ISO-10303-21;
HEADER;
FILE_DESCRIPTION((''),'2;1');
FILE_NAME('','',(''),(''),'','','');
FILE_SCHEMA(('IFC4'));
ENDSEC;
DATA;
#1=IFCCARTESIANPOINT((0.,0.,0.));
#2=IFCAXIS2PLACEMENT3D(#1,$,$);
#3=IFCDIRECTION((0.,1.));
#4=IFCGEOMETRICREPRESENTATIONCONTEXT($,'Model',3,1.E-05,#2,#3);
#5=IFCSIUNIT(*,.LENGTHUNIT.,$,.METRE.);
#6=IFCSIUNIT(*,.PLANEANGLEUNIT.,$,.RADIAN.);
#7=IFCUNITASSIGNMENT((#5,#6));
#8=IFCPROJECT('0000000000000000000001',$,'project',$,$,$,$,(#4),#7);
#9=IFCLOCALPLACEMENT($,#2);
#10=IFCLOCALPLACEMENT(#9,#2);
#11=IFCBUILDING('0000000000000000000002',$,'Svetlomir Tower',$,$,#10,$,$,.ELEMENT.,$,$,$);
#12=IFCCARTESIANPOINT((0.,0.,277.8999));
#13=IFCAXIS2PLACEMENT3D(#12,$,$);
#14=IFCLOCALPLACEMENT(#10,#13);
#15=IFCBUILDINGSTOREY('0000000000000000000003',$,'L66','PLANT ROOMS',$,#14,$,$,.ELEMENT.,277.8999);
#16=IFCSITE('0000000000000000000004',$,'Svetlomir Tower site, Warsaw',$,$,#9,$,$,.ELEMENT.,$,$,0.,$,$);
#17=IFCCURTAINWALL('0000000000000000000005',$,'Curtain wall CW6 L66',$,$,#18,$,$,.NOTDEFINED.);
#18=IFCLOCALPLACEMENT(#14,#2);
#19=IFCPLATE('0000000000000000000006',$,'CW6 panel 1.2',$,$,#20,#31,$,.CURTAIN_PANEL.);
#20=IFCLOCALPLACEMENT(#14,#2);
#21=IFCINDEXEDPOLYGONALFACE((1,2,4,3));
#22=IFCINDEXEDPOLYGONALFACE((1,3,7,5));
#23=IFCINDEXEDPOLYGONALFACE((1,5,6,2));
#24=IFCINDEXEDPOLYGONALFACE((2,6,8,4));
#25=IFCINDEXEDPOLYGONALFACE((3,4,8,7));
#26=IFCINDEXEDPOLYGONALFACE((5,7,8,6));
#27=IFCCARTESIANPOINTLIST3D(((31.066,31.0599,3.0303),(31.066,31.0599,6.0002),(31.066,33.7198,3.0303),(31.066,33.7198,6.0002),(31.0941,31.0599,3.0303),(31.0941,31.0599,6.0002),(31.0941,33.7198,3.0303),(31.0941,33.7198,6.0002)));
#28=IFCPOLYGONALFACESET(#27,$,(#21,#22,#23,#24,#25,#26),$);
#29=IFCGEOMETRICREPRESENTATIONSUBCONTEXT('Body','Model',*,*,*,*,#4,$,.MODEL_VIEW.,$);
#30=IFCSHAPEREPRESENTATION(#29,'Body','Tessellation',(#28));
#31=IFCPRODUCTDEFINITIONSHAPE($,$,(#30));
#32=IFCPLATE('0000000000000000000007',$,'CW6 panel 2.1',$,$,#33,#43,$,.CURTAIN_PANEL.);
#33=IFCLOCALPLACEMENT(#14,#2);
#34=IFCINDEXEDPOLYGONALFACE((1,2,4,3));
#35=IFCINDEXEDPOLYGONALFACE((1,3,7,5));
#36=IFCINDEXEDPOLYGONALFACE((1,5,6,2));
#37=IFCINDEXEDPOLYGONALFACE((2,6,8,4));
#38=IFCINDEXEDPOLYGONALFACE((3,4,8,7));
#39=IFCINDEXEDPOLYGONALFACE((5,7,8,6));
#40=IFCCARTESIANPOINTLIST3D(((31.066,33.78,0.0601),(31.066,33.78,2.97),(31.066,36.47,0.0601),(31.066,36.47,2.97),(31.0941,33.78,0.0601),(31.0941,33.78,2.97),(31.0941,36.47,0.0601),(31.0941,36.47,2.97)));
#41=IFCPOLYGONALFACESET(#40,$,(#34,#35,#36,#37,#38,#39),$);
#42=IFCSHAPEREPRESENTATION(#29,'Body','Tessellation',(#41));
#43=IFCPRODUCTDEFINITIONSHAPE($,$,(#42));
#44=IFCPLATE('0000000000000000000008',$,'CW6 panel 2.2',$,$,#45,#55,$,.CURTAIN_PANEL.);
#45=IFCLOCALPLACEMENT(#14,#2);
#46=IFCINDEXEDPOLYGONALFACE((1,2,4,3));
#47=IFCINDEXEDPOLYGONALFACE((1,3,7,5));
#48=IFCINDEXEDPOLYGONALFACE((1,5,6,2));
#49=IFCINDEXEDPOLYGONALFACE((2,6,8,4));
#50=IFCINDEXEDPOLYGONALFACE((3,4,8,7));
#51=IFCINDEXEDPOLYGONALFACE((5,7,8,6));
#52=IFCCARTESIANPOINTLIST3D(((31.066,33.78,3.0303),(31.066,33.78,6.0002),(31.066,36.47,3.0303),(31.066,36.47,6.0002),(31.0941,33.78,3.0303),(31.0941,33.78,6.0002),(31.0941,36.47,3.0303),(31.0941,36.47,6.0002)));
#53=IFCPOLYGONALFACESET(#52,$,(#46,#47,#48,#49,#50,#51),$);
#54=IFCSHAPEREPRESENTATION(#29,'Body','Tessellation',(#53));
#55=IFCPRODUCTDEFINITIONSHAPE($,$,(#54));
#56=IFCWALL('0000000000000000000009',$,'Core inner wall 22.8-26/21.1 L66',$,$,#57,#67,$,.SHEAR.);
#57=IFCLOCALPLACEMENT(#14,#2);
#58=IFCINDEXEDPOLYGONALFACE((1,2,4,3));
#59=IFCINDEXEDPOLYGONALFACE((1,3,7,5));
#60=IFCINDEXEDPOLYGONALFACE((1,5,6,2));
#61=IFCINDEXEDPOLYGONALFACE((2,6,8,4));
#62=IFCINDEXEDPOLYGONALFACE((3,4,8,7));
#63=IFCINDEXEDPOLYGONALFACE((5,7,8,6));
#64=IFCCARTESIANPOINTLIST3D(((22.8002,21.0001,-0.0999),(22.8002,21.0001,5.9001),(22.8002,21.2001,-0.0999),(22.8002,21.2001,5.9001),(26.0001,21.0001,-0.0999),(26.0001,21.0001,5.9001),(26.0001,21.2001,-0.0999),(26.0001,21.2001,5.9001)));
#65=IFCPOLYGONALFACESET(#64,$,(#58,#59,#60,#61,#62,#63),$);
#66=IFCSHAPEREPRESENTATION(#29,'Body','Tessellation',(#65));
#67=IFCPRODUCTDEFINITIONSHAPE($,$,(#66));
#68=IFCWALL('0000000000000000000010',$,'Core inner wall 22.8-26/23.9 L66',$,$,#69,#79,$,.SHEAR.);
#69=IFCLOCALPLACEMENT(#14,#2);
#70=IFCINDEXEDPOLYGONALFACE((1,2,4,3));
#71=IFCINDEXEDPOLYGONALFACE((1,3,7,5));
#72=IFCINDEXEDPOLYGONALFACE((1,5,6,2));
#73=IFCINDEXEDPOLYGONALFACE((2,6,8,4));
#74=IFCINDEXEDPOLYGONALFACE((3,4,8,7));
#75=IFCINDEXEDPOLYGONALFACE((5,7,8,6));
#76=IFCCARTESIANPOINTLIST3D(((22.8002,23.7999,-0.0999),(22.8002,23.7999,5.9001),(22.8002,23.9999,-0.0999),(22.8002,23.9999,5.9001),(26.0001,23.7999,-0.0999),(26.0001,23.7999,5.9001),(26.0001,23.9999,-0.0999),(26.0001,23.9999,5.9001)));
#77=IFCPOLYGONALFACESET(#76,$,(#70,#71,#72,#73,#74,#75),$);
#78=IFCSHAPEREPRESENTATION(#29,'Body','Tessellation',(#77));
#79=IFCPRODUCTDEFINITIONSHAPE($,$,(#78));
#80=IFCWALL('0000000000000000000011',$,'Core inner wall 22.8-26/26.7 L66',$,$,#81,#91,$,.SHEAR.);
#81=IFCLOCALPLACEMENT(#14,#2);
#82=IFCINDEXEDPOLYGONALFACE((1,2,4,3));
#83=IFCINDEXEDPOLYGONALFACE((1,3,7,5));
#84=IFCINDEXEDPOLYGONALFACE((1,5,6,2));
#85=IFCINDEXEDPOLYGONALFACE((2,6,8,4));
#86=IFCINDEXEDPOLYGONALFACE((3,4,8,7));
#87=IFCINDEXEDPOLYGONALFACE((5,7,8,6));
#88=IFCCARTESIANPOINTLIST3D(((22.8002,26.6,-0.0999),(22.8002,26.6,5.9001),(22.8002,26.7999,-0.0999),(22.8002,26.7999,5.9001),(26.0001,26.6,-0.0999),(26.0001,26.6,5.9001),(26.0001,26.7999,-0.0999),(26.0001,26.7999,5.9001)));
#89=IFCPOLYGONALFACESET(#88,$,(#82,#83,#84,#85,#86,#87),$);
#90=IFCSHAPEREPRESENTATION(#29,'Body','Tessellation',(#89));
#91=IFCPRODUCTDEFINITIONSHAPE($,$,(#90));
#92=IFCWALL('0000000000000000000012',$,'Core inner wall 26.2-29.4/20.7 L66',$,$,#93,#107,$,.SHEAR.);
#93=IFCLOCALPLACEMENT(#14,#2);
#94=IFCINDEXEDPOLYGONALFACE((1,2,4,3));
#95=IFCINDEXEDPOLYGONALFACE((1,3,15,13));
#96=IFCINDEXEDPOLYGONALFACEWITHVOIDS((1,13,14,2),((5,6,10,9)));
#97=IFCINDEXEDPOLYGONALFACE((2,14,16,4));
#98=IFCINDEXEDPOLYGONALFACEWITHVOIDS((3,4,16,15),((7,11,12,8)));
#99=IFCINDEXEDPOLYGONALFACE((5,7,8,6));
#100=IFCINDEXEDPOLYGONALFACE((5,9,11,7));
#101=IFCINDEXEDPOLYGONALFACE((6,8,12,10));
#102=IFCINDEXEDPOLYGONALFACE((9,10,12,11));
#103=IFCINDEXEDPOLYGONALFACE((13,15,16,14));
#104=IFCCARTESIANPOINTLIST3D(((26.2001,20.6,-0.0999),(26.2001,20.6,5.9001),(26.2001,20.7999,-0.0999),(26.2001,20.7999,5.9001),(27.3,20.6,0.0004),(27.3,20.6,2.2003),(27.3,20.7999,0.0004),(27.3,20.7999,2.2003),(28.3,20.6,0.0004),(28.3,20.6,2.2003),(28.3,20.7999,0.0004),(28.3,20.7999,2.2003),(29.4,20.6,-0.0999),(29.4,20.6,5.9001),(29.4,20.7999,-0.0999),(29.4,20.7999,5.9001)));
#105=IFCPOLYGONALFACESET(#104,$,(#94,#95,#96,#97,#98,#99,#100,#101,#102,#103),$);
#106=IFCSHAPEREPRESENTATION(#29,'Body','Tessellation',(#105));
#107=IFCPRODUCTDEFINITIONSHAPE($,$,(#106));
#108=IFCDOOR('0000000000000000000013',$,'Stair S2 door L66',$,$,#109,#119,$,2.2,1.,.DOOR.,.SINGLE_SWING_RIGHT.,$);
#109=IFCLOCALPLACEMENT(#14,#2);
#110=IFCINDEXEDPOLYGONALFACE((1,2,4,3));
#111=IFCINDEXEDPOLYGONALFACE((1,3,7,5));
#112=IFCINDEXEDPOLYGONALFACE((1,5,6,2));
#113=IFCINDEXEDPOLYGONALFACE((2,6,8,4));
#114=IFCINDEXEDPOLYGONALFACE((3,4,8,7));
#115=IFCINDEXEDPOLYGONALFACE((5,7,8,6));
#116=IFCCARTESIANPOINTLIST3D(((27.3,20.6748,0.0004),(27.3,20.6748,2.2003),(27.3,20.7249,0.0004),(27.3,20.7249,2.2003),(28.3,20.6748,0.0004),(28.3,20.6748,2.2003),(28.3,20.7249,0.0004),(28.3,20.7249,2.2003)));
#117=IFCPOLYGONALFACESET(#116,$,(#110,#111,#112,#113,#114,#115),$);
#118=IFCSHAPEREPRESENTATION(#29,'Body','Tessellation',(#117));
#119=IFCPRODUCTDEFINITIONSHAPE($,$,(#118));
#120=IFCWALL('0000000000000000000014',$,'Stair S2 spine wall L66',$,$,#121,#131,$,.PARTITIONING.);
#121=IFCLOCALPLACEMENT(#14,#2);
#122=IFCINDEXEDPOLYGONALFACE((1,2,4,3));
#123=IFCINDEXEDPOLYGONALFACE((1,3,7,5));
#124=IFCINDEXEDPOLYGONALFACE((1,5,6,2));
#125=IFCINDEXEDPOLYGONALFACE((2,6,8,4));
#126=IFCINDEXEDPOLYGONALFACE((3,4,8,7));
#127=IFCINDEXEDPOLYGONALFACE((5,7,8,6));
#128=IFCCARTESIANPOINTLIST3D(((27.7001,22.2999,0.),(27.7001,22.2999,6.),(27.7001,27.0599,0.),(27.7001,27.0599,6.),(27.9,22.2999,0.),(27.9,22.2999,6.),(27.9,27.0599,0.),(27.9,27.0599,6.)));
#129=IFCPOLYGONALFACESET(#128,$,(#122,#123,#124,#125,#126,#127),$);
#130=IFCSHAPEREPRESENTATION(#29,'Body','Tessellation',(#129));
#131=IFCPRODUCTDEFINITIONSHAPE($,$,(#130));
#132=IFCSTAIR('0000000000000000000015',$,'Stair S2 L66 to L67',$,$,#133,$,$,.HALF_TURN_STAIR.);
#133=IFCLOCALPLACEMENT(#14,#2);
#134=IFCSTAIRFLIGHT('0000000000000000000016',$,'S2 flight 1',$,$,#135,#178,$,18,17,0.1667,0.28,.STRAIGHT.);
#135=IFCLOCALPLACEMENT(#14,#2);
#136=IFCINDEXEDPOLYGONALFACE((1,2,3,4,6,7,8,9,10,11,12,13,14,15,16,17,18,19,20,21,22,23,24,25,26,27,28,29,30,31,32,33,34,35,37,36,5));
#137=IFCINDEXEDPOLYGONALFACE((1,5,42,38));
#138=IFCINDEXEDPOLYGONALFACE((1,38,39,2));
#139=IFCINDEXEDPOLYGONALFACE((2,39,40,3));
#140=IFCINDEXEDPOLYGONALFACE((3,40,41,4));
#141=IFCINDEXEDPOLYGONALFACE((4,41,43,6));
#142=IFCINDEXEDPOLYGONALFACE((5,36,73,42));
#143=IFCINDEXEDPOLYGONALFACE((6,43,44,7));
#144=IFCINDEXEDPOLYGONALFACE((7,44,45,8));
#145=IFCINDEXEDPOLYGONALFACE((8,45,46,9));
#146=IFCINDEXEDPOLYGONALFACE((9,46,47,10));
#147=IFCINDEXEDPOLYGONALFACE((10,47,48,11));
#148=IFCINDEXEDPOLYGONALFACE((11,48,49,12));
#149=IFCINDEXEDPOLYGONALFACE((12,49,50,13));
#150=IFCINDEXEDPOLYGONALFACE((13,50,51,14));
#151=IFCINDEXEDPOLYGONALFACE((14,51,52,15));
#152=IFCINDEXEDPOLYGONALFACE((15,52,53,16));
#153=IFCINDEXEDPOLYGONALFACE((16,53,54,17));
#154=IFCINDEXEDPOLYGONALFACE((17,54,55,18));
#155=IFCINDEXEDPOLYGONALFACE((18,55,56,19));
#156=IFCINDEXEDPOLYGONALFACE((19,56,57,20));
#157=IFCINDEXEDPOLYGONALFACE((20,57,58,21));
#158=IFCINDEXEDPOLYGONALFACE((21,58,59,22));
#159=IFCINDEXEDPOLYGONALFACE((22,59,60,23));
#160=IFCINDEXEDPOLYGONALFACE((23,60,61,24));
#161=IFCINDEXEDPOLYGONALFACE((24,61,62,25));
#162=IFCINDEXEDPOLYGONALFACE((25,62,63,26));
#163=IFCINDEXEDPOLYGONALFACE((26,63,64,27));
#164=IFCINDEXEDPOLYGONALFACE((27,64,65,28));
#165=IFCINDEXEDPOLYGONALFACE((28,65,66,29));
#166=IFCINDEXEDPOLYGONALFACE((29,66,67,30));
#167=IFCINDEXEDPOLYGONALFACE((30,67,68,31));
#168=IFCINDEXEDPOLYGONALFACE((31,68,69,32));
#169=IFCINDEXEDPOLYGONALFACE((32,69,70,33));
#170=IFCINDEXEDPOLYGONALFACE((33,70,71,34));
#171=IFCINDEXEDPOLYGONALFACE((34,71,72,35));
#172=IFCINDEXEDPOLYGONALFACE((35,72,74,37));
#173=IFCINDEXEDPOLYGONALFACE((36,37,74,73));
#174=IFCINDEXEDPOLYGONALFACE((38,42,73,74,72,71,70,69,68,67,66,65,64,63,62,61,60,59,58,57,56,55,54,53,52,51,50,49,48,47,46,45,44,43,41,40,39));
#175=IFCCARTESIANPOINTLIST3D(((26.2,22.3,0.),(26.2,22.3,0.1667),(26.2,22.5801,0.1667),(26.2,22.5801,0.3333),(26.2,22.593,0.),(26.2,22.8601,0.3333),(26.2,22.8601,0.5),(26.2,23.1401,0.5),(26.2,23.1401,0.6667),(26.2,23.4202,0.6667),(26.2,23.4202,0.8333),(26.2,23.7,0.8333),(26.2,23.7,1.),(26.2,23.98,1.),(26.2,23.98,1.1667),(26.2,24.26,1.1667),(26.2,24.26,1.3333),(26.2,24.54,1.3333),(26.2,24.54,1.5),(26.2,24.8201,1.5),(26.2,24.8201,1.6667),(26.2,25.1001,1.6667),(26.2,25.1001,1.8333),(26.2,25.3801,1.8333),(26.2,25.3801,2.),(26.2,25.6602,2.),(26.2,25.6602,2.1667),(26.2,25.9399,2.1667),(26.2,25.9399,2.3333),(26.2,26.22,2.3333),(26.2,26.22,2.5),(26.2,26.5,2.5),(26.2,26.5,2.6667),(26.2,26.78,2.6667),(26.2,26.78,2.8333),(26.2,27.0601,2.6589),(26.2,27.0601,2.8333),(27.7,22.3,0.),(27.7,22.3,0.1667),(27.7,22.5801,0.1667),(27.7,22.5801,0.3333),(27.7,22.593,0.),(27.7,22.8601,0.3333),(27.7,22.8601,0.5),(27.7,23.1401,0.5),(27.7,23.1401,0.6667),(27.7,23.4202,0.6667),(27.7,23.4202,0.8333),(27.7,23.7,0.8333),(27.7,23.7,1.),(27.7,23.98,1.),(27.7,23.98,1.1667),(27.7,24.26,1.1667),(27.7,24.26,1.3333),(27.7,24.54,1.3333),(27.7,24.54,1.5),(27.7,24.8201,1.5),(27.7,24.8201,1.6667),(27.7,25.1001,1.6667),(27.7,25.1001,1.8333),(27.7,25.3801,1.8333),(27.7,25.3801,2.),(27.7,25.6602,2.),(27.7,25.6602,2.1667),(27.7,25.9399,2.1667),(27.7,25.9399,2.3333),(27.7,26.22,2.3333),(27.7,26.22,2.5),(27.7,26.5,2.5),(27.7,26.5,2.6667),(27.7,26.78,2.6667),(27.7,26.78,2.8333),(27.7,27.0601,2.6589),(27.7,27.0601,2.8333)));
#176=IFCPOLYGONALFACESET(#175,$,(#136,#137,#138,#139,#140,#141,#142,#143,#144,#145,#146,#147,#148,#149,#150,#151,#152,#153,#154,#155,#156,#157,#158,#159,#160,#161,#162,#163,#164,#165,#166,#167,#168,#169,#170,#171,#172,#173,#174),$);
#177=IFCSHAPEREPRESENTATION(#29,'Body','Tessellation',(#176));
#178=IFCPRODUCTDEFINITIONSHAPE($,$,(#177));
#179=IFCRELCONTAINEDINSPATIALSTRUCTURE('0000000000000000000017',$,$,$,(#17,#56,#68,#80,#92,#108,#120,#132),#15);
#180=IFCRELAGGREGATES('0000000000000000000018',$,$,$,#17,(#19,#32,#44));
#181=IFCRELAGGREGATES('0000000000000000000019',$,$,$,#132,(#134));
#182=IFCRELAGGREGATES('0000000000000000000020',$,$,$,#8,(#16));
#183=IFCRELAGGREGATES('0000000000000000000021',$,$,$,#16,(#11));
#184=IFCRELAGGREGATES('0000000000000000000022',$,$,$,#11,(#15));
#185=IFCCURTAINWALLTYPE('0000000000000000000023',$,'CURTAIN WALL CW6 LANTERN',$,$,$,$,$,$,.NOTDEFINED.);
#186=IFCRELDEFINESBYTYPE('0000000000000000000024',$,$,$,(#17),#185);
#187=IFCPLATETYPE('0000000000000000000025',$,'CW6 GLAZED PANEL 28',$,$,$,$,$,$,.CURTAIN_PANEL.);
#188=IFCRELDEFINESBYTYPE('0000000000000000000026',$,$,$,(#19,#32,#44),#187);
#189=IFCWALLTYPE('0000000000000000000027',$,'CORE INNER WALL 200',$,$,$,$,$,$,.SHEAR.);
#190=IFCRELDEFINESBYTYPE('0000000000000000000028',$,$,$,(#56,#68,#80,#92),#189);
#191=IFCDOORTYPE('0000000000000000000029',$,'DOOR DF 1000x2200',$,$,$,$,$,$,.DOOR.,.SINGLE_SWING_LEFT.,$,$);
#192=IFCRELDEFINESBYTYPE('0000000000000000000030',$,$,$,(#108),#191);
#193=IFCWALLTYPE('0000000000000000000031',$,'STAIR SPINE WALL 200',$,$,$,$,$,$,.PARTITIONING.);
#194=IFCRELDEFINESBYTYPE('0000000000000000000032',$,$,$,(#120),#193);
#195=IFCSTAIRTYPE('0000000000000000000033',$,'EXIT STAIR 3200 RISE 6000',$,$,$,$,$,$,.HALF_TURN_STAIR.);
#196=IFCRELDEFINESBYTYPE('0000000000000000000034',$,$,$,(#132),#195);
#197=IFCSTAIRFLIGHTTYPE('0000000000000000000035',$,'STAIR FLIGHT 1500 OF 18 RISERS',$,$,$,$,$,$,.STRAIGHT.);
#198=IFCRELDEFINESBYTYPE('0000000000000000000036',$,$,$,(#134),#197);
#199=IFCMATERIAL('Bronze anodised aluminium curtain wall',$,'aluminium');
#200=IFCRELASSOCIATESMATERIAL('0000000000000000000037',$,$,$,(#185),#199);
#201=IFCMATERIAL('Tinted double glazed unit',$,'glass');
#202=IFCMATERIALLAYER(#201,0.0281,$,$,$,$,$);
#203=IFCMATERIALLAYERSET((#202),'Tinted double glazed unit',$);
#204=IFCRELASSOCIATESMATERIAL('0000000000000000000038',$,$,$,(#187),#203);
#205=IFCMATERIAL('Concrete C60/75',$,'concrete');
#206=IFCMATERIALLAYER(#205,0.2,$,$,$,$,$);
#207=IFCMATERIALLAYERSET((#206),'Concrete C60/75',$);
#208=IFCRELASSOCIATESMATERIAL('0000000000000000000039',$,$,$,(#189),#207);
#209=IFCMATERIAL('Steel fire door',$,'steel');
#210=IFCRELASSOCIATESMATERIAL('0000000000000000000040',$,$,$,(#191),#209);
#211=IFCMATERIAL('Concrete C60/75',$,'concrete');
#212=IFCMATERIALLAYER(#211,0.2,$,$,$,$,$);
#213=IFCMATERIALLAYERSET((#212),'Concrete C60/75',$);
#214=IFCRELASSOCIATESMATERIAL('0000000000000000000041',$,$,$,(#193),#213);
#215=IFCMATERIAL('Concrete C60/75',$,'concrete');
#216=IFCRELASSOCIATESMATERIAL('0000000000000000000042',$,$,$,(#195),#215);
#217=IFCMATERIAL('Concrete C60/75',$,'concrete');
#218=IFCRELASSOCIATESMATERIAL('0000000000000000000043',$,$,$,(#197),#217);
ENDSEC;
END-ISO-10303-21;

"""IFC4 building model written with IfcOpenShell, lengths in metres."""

from ifc_helpers import new_model, si_unit, direction, frame, frame_2d, origin, origin_2d, place, context, subcontext, project, spatial, polyline, rectangle, outline, extrude, material, layer, layer_set, type_object, element, fill, aggregate, save


model = new_model("IFC4")

# Units and contexts
model_context = context("Model", 3, precision=1e-05, world=origin(), true_north=direction((0.0, 1.0)))
body_context = subcontext(model_context, "Body", "Model", "MODEL_VIEW")
ifc_project = project(units=[si_unit("LENGTHUNIT", "METRE"), si_unit("PLANEANGLEUNIT", "RADIAN")], contexts=[model_context])

# Site, building, storey
site_placement = place(None, origin())
site = spatial("IfcSite", under=ifc_project, at=site_placement, Name="Svetlomir Tower site, Warsaw", CompositionType="ELEMENT", RefElevation=0.0)
building_placement = place(site_placement, origin())
building = spatial("IfcBuilding", under=site, at=building_placement, Name="Svetlomir Tower", CompositionType="ELEMENT")
storey_placement = place(building_placement, frame((0.0, 0.0, 277.8999)))
storey = spatial("IfcBuildingStorey", under=building, at=storey_placement, Name="L66", Description="PLANT ROOMS", CompositionType="ELEMENT", Elevation=277.8999)

# Shared definitions
ifc_material_1 = material(Name="Bronze anodised aluminium curtain wall", Category="aluminium")
curtain_wall_type = type_object("IfcCurtainWallType", Name="CURTAIN WALL CW6 LANTERN", PredefinedType="NOTDEFINED", material=ifc_material_1)

# Curtain wall
curtain_wall_1_placement = place(storey_placement, origin())
curtain_wall_1 = element("IfcCurtainWall", 1, at=curtain_wall_1_placement, inside=storey, type_object=curtain_wall_type, Name="Curtain wall CW6 L66", PredefinedType="NOTDEFINED")

# Plates
ifc_material_2 = material(Name="Tinted double glazed unit", Category="glass")
ifc_layer_1 = layer(ifc_material_2, 0.0281)
ifc_layer_set_1 = layer_set([ifc_layer_1], Name="Tinted double glazed unit")
plate_type = type_object("IfcPlateType", Name="CW6 GLAZED PANEL 28", PredefinedType="CURTAIN_PANEL", material=ifc_layer_set_1)
plate_1_placement = place(storey_placement, frame((31.0801, 32.3899, 3.0303), z_axis=(0.0, 0.0, 1.0), x_axis=(0.0, 1.0, 0.0)))
plate_1 = element("IfcPlate", 2, at=plate_1_placement, type_object=plate_type, Name="CW6 panel 1.2", PredefinedType="CURTAIN_PANEL", context=body_context, shape_type="SweptSolid", body=[
    extrude(rectangle(XDim=2.6599, YDim=0.0281, at=origin_2d()), origin(), (0.0, 0.0, 1.0), 2.97),
])
plate_2_placement = place(storey_placement, frame((31.0801, 35.125, 0.0601), z_axis=(0.0, 0.0, 1.0), x_axis=(0.0, 1.0, 0.0)))
plate_2 = element("IfcPlate", 3, at=plate_2_placement, type_object=plate_type, Name="CW6 panel 2.1", PredefinedType="CURTAIN_PANEL", context=body_context, shape_type="SweptSolid", body=[
    extrude(rectangle(XDim=2.6899, YDim=0.0281, at=origin_2d()), origin(), (0.0, 0.0, 1.0), 2.9099),
])
plate_3_placement = place(storey_placement, frame((31.0801, 35.125, 3.0303), z_axis=(0.0, 0.0, 1.0), x_axis=(0.0, 1.0, 0.0)))
plate_3 = element("IfcPlate", 4, at=plate_3_placement, type_object=plate_type, Name="CW6 panel 2.2", PredefinedType="CURTAIN_PANEL", context=body_context, shape_type="SweptSolid", body=[
    extrude(rectangle(XDim=2.6899, YDim=0.0281, at=origin_2d()), origin(), (0.0, 0.0, 1.0), 2.97),
])
aggregate(curtain_wall_1, [plate_1, plate_2, plate_3])

# Walls
ifc_material_3 = material(Name="Concrete C60/75", Category="concrete")
ifc_layer_2 = layer(ifc_material_3, 0.2)
ifc_layer_set_2 = layer_set([ifc_layer_2], Name="Concrete C60/75")
wall_type_1 = type_object("IfcWallType", Name="CORE INNER WALL 200", PredefinedType="SHEAR", material=ifc_layer_set_2)
for number, where, z_axis, x_axis, name in (
    (5, (22.8, 21.1001, -0.0999), (0.0, 0.0, 1.0), (1.0, 0.0, 0.0), "Core inner wall 22.8-26/21.1 L66"),
    (6, (22.8, 23.8999, -0.0999), (0.0, 0.0, 1.0), (1.0, 0.0, 0.0), "Core inner wall 22.8-26/23.9 L66"),
    (7, (22.8, 26.7, -0.0999), (0.0, 0.0, 1.0), (1.0, 0.0, 0.0), "Core inner wall 22.8-26/26.7 L66"),
):
    element("IfcWall", number, at=place(storey_placement, frame(where, z_axis=z_axis, x_axis=x_axis)), inside=storey, type_object=wall_type_1, Name=name, PredefinedType="SHEAR", context=body_context, shape_type="SweptSolid", body=[
        extrude(rectangle(XDim=3.2, YDim=0.2, at=frame_2d((1.6001, 0.0))), origin(), (0.0, 0.0, 1.0), 6.0),
    ])

# Wall, opening, door
wall_1_placement = place(storey_placement, frame((26.2, 20.7, -0.0999), z_axis=(0.0, 0.0, 1.0), x_axis=(1.0, 0.0, 0.0)))
wall_1 = element("IfcWall", 8, at=wall_1_placement, inside=storey, type_object=wall_type_1, Name="Core inner wall 26.2-29.4/20.7 L66", PredefinedType="SHEAR", context=body_context, shape_type="SweptSolid", body=[
    extrude(rectangle(XDim=3.2, YDim=0.2, at=frame_2d((1.6001, 0.0))), origin(), (0.0, 0.0, 1.0), 6.0),
])
opening_placement = place(wall_1_placement, frame((1.1001, 0.0, 0.1001)))
opening = element("IfcOpeningElement", 9, at=opening_placement, cuts=wall_1, PredefinedType="OPENING", context=body_context, shape_type="SweptSolid", body=[
    extrude(rectangle(XDim=1.0, YDim=2.2, at=frame_2d((0.5, 1.1001))), frame((0.0, 0.1099, 0.0), z_axis=(0.0, -1.0, 0.0), x_axis=(1.0, 0.0, 0.0)), (0.0, 0.0, 1.0), 0.22),
])
ifc_material_4 = material(Name="Steel fire door", Category="steel")
door_type = type_object("IfcDoorType", Name="DOOR DF 1000x2200", OperationType="SINGLE_SWING_LEFT", PredefinedType="DOOR", material=ifc_material_4)
door_placement = place(opening_placement, origin())
door = element("IfcDoor", 10, at=door_placement, inside=storey, type_object=door_type, Name="Stair S2 door L66", OperationType="SINGLE_SWING_RIGHT", OverallHeight=2.2, OverallWidth=1.0, PredefinedType="DOOR", context=body_context, shape_type="SweptSolid", body=[
    extrude(rectangle(XDim=1.0, YDim=2.2, at=frame_2d((0.5, 1.1001))), frame((0.0, 0.0249, 0.0), z_axis=(0.0, -1.0, 0.0), x_axis=(1.0, 0.0, 0.0)), (0.0, 0.0, 1.0), 0.05),
])
fill(opening, door)

# Wall
ifc_material_5 = material(Name="Concrete C60/75", Category="concrete")
ifc_layer_3 = layer(ifc_material_5, 0.2)
ifc_layer_set_3 = layer_set([ifc_layer_3], Name="Concrete C60/75")
wall_type_2 = type_object("IfcWallType", Name="STAIR SPINE WALL 200", PredefinedType="PARTITIONING", material=ifc_layer_set_3)
wall_2_placement = place(storey_placement, frame((27.8, 22.3, 0.0), z_axis=(0.0, 0.0, 1.0), x_axis=(0.0, 1.0, 0.0)))
element("IfcWall", 11, at=wall_2_placement, inside=storey, type_object=wall_type_2, Name="Stair S2 spine wall L66", PredefinedType="PARTITIONING", context=body_context, shape_type="SweptSolid", body=[
    extrude(rectangle(XDim=4.76, YDim=0.2, at=frame_2d((2.3799, 0.0))), origin(), (0.0, 0.0, 1.0), 6.0),
])

# Stair, stair flight
ifc_material_6 = material(Name="Concrete C60/75", Category="concrete")
stair_type = type_object("IfcStairType", Name="EXIT STAIR 3200 RISE 6000", PredefinedType="HALF_TURN_STAIR", material=ifc_material_6)
stair_placement = place(storey_placement, origin())
stair = element("IfcStair", 12, at=stair_placement, inside=storey, type_object=stair_type, Name="Stair S2 L66 to L67", PredefinedType="HALF_TURN_STAIR")
ifc_material_7 = material(Name="Concrete C60/75", Category="concrete")
stair_flight_type = type_object("IfcStairFlightType", Name="STAIR FLIGHT 1500 OF 18 RISERS", PredefinedType="STRAIGHT", material=ifc_material_7)
stair_flight_1_placement = place(storey_placement, frame((26.95, 22.3, 0.0), z_axis=(0.0, 0.0, 1.0), x_axis=(0.0, 1.0, 0.0)))
stair_flight_1 = element("IfcStairFlight", 13, at=stair_flight_1_placement, type_object=stair_flight_type, Name="S2 flight 1", NumberOfRisers=18, NumberOfTreads=17, PredefinedType="STRAIGHT", RiserHeight=0.1667, TreadLength=0.28, context=body_context, shape_type="SweptSolid", body=[
    extrude(outline(polyline([(0.0, 0.0), (0.0, 0.1667), (0.28, 0.1667), (0.28, 0.3333), (0.5601, 0.3333), (0.5601, 0.5), (0.8401, 0.5), (0.8401, 0.6667), (1.1201, 0.6667), (1.1201, 0.8333), (1.3999, 0.8333), (1.3999, 1.0), (1.6799, 1.0), (1.6799, 1.1667), (1.96, 1.1667), (1.96, 1.3333), (2.24, 1.3333), (2.24, 1.5), (2.52, 1.5), (2.52, 1.6667), (2.8, 1.6667), (2.8, 1.8333), (3.0801, 1.8333), (3.0801, 2.0), (3.3601, 2.0), (3.3601, 2.1667), (3.6399, 2.1667), (3.6399, 2.3333), (3.9199, 2.3333), (3.9199, 2.5), (4.2, 2.5), (4.2, 2.6667), (4.48, 2.6667), (4.48, 2.8333), (4.76, 2.8333), (4.76, 3.0), (4.76, 2.6589), (0.293, 0.0), (0.0, 0.0)])), frame((0.0, 0.75, 0.0), z_axis=(0.0, -1.0, 0.0), x_axis=(1.0, 0.0, 0.0)), (0.0, 0.0, 1.0), 1.5),
])
aggregate(stair, [stair_flight_1])

save(model, "model.ifc")
